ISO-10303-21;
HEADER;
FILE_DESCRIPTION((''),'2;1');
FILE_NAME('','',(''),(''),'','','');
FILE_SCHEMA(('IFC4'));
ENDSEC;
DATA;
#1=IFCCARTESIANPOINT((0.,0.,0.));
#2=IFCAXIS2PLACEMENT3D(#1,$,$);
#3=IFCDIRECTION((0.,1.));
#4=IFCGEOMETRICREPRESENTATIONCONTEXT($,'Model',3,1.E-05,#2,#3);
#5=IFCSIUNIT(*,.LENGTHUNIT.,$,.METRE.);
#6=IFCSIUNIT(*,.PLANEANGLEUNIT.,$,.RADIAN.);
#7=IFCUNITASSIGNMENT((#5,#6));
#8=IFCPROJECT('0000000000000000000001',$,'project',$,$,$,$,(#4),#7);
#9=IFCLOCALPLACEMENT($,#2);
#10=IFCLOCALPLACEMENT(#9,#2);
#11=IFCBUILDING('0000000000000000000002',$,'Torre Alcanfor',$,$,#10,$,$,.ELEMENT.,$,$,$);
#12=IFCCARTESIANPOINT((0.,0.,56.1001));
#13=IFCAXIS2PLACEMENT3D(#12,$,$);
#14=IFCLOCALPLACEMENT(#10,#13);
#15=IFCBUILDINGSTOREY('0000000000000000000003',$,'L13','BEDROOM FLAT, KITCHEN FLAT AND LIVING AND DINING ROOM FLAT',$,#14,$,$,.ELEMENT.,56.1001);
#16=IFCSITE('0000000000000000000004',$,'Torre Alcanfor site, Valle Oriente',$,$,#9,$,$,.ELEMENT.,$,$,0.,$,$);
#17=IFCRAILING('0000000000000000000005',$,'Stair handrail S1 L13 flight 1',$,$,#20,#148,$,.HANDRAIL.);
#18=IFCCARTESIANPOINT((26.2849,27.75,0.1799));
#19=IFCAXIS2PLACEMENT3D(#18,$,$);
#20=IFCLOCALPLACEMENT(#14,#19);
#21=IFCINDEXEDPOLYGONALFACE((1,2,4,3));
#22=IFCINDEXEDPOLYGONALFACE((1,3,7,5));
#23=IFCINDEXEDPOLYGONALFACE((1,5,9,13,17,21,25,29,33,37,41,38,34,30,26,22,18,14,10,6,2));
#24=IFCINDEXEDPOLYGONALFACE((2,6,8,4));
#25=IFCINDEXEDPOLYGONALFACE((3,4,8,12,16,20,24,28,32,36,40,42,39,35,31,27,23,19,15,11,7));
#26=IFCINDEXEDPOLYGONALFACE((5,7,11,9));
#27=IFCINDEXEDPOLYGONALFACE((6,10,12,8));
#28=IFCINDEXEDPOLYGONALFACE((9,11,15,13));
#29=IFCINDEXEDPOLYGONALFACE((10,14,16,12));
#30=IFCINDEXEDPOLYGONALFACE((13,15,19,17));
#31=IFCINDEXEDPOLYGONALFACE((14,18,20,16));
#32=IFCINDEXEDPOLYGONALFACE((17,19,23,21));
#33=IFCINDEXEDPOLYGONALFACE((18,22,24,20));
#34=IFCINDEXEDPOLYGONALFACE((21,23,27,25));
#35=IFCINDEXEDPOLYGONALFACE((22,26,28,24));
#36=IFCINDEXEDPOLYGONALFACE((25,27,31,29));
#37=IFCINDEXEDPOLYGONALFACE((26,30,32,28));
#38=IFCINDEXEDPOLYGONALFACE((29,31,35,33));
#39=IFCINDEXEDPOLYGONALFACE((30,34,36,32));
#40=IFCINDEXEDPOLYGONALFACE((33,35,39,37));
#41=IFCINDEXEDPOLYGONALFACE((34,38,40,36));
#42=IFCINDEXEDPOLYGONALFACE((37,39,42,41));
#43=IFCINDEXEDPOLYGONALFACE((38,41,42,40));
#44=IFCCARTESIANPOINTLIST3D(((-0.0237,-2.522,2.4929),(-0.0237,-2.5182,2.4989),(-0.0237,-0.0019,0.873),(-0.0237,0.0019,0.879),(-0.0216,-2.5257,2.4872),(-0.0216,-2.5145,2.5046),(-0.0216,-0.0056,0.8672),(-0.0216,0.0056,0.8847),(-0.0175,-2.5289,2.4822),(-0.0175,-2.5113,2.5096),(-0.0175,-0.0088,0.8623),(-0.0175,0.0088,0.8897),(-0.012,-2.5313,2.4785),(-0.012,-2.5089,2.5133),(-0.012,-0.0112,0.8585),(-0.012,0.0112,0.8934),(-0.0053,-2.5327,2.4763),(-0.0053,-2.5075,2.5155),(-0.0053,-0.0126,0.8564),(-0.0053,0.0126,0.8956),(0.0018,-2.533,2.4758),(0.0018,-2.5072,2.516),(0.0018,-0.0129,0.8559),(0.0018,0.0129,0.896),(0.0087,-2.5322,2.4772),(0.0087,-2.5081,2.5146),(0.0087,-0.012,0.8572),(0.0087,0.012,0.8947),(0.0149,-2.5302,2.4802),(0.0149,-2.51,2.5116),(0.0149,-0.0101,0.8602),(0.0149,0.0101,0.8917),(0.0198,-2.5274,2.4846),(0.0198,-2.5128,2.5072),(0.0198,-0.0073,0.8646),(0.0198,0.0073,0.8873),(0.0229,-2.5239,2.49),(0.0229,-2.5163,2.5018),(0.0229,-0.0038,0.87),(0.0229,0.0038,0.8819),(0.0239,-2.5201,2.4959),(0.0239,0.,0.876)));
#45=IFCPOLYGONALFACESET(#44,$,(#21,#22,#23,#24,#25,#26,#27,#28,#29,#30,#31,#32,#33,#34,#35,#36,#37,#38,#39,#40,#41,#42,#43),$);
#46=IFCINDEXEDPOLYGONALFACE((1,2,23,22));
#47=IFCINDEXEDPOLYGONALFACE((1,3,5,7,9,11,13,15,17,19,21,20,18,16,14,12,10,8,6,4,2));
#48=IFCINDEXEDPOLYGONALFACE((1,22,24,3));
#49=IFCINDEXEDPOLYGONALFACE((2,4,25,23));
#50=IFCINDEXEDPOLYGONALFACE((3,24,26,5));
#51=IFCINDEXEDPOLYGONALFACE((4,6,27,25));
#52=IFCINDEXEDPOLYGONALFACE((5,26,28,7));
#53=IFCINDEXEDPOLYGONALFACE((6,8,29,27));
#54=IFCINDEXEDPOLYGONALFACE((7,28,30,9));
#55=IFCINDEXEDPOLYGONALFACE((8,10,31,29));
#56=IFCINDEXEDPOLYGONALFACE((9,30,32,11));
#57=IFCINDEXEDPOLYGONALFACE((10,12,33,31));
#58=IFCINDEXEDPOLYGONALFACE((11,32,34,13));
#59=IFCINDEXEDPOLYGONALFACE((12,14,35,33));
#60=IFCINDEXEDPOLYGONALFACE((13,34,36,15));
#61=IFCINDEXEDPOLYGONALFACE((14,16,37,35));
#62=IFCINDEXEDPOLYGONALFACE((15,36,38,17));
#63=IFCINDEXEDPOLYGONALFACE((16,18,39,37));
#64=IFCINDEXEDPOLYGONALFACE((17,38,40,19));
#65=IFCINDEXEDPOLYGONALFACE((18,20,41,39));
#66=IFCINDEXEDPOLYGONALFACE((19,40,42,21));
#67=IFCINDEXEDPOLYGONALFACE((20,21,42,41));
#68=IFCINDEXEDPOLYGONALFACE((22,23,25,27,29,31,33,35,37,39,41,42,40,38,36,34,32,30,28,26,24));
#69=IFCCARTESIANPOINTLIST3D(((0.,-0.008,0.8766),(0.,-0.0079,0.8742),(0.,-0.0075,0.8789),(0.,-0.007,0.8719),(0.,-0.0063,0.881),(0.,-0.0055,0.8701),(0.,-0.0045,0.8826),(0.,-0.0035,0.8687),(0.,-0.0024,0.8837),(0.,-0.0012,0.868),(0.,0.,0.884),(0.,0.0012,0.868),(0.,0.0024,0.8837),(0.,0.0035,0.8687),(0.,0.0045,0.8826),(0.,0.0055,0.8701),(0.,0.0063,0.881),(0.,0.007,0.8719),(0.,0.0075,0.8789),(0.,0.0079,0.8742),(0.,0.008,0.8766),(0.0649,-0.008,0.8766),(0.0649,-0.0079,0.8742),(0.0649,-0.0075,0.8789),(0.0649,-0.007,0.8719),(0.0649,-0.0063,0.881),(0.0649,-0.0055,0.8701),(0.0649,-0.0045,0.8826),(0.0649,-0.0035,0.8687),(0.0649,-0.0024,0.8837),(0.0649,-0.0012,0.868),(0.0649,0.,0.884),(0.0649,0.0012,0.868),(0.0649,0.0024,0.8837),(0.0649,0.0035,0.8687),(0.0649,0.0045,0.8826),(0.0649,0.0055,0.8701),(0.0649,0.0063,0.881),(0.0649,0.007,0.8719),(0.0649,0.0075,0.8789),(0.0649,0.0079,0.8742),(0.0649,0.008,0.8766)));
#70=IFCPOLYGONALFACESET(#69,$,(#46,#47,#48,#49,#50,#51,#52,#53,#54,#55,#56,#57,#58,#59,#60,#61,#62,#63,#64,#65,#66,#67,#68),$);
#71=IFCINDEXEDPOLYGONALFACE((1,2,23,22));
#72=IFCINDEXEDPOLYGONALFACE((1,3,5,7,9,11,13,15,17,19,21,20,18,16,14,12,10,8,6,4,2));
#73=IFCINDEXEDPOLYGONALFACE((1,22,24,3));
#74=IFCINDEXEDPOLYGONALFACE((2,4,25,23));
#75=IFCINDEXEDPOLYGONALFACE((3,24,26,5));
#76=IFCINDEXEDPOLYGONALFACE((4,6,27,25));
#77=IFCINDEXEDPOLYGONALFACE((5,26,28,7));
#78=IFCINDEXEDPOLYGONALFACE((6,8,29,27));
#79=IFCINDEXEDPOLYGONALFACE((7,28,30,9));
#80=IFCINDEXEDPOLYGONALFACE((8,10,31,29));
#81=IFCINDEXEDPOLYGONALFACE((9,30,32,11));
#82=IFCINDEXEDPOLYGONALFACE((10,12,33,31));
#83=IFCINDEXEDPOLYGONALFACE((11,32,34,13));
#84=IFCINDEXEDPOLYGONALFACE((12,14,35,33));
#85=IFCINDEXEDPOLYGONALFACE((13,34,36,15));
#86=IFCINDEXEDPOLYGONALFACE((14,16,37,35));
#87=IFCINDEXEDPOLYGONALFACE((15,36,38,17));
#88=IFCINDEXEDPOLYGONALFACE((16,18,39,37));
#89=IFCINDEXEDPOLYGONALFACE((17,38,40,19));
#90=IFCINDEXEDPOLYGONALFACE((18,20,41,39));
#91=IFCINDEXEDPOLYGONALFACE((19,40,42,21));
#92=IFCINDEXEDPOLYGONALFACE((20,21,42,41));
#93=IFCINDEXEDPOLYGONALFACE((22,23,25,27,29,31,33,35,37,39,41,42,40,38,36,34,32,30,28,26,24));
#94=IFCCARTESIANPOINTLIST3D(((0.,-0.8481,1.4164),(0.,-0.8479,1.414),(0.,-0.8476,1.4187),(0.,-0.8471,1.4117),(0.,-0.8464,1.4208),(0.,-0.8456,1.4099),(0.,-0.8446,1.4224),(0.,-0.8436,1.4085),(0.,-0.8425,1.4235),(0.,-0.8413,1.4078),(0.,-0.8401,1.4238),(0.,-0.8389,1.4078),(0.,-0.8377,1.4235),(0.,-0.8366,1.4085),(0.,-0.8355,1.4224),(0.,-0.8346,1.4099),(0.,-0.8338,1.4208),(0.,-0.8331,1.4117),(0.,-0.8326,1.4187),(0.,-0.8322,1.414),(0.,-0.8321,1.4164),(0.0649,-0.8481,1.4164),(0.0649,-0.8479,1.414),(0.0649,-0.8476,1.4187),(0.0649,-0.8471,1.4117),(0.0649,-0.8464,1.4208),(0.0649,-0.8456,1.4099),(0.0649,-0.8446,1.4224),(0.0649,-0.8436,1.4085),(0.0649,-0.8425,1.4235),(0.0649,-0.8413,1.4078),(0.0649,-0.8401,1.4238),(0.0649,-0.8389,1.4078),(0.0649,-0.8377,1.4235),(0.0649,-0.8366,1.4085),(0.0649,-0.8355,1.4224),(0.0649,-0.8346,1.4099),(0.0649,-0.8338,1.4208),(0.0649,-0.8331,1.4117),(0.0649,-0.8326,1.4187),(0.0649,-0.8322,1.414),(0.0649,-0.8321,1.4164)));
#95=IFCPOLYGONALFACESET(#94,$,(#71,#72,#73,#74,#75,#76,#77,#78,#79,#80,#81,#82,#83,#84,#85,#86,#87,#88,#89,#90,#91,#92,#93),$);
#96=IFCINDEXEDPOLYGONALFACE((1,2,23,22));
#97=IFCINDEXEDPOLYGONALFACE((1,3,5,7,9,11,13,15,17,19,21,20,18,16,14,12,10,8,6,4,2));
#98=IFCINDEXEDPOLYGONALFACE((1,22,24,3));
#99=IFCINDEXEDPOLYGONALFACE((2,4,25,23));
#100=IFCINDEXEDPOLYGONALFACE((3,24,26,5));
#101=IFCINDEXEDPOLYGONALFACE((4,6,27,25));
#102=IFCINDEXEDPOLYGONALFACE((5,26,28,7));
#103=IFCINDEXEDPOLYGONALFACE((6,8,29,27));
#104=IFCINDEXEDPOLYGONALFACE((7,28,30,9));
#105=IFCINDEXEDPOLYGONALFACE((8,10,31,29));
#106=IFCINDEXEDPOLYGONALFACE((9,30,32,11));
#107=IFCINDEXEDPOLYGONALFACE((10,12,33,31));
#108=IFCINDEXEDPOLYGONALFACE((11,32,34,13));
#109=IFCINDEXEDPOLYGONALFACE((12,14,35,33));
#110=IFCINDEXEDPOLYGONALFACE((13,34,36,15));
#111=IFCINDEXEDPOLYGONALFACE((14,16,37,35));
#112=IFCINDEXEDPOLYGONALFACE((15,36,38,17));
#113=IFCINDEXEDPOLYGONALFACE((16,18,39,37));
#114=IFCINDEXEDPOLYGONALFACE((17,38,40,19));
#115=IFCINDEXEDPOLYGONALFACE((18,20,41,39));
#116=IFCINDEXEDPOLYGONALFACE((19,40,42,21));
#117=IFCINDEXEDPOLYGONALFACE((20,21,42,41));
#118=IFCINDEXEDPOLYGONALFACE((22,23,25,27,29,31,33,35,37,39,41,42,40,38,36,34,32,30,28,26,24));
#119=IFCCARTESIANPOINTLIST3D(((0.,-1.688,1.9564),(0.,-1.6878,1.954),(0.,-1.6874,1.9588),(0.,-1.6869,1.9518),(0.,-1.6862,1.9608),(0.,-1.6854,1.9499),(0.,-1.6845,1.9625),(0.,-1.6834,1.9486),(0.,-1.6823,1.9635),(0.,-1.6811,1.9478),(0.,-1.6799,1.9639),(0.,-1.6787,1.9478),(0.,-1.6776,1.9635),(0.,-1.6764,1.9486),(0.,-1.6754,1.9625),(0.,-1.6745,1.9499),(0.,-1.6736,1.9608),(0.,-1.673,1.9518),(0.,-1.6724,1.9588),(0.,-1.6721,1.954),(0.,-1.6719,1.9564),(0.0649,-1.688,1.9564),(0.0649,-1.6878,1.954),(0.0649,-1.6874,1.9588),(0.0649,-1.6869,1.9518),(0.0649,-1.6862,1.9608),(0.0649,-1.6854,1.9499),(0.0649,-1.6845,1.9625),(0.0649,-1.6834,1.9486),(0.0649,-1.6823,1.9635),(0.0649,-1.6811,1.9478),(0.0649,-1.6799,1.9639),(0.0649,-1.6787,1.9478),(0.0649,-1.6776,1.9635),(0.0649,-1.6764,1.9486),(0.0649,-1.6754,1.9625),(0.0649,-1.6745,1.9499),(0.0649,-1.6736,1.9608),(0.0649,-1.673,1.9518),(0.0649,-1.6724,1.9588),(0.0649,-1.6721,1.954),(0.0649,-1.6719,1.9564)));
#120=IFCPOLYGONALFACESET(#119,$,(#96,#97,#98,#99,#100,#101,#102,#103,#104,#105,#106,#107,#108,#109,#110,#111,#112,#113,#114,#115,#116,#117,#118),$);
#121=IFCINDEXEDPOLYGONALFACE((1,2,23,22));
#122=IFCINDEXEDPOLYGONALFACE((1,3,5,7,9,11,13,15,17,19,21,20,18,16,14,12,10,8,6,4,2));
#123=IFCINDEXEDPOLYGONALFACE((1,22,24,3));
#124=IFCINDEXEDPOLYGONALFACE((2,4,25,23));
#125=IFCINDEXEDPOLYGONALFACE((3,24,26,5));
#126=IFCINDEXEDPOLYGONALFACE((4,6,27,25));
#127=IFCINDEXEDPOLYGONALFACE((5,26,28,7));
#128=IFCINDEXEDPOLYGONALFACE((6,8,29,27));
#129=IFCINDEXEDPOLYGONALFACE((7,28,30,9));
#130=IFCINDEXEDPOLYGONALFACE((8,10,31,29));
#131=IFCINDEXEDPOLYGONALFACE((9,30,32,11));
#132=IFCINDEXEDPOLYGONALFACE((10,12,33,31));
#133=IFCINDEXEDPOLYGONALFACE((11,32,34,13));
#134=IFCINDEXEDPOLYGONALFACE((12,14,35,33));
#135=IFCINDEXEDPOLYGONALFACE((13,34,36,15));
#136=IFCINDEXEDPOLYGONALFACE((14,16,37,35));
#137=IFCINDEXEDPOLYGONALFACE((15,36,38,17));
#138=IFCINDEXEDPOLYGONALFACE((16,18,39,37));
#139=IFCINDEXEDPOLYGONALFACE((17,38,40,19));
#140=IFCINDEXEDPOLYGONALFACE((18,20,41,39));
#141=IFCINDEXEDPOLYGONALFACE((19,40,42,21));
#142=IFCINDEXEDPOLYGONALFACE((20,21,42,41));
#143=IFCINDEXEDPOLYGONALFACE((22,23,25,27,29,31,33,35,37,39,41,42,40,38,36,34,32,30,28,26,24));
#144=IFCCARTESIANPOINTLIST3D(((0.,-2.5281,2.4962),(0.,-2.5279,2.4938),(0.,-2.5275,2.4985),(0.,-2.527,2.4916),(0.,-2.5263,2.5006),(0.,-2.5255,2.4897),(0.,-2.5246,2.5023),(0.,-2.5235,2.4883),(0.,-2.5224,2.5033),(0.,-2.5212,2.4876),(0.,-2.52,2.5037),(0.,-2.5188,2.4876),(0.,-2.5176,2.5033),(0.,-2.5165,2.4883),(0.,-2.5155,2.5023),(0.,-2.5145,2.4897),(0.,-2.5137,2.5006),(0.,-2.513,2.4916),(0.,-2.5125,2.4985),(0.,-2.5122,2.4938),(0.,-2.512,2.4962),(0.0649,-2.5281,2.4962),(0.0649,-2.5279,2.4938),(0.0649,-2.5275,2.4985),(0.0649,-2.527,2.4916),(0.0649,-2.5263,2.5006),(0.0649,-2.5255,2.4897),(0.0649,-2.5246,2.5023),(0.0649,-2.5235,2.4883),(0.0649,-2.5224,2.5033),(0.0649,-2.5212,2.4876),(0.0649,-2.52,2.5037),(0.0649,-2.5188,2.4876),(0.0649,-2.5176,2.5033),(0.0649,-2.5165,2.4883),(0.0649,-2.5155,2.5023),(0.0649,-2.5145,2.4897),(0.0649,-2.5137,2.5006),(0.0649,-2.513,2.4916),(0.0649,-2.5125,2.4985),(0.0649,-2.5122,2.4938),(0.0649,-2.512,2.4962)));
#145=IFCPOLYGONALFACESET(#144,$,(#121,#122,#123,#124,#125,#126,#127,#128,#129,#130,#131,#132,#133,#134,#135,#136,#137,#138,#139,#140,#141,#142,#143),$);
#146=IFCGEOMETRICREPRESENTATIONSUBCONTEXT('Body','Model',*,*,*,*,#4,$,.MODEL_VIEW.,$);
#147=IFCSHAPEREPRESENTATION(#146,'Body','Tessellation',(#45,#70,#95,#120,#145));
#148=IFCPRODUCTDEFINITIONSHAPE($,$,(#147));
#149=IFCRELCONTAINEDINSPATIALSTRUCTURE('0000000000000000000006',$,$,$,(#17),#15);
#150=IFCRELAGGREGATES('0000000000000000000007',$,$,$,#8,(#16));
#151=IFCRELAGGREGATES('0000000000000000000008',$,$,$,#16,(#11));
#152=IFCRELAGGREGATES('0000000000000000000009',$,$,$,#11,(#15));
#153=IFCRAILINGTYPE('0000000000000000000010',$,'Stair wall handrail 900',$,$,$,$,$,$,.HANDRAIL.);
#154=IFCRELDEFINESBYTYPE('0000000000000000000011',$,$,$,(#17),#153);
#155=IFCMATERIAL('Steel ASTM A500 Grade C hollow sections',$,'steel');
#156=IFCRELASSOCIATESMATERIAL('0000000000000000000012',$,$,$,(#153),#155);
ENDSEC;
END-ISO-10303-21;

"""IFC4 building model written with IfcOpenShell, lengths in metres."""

from ifc_helpers import new_model, si_unit, direction, frame, origin, origin_2d, place, context, subcontext, project, spatial, circle, extrude, material, type_object, element, save


model = new_model("IFC4")

# Units and contexts
model_context = context("Model", 3, precision=1e-05, world=origin(), true_north=direction((0.0, 1.0)))
body_context = subcontext(model_context, "Body", "Model", "MODEL_VIEW")
ifc_project = project(units=[si_unit("LENGTHUNIT", "METRE"), si_unit("PLANEANGLEUNIT", "RADIAN")], contexts=[model_context])

# Site, building, storey
site_placement = place(None, origin())
site = spatial("IfcSite", under=ifc_project, at=site_placement, Name="Torre Alcanfor site, Valle Oriente", CompositionType="ELEMENT", RefElevation=0.0)
building_placement = place(site_placement, origin())
building = spatial("IfcBuilding", under=site, at=building_placement, Name="Torre Alcanfor", CompositionType="ELEMENT")
storey_placement = place(building_placement, frame((0.0, 0.0, 56.1001)))
storey = spatial("IfcBuildingStorey", under=building, at=storey_placement, Name="L13", Description="BEDROOM FLAT, KITCHEN FLAT AND LIVING AND DINING ROOM FLAT", CompositionType="ELEMENT", Elevation=56.1001)

# Railing
ifc_material_1 = material(Name="Steel ASTM A500 Grade C hollow sections", Category="steel")
railing_type_1 = type_object("IfcRailingType", Name="Stair wall handrail 900", PredefinedType="HANDRAIL", material=ifc_material_1)
railing_1_placement = place(storey_placement, frame((26.2849, 27.75, 0.1799)))
element("IfcRailing", 1, at=railing_1_placement, inside=storey, type_object=railing_type_1, Name="Stair handrail S1 L13 flight 1", PredefinedType="HANDRAIL", context=body_context, shape_type="SweptSolid", body=[
    extrude(circle(Radius=0.0239, at=origin_2d()), frame((0.0, 0.0, 0.876), z_axis=(0.0, -0.8412, 0.540725), x_axis=(1.0, 0.0, 0.0)), (0.0, 0.0, 1.0), 2.9958),
    extrude(circle(Radius=0.0081, at=origin_2d()), frame((0.0, 0.0, 0.876), z_axis=(1.0, 0.0, 0.0), x_axis=(0.0, 0.0, 1.0)), (0.0, 0.0, 1.0), 0.0649),
    extrude(circle(Radius=0.0081, at=origin_2d()), frame((0.0, -0.8401, 1.4158), z_axis=(1.0, 0.0, 0.0), x_axis=(0.0, 0.0, 1.0)), (0.0, 0.0, 1.0), 0.0649),
    extrude(circle(Radius=0.0081, at=origin_2d()), frame((0.0, -1.6799, 1.9558), z_axis=(1.0, 0.0, 0.0), x_axis=(0.0, 0.0, 1.0)), (0.0, 0.0, 1.0), 0.0649),
    extrude(circle(Radius=0.0081, at=origin_2d()), frame((0.0, -2.52, 2.4956), z_axis=(1.0, 0.0, 0.0), x_axis=(0.0, 0.0, 1.0)), (0.0, 0.0, 1.0), 0.0649),
])

save(model, "model.ifc")
